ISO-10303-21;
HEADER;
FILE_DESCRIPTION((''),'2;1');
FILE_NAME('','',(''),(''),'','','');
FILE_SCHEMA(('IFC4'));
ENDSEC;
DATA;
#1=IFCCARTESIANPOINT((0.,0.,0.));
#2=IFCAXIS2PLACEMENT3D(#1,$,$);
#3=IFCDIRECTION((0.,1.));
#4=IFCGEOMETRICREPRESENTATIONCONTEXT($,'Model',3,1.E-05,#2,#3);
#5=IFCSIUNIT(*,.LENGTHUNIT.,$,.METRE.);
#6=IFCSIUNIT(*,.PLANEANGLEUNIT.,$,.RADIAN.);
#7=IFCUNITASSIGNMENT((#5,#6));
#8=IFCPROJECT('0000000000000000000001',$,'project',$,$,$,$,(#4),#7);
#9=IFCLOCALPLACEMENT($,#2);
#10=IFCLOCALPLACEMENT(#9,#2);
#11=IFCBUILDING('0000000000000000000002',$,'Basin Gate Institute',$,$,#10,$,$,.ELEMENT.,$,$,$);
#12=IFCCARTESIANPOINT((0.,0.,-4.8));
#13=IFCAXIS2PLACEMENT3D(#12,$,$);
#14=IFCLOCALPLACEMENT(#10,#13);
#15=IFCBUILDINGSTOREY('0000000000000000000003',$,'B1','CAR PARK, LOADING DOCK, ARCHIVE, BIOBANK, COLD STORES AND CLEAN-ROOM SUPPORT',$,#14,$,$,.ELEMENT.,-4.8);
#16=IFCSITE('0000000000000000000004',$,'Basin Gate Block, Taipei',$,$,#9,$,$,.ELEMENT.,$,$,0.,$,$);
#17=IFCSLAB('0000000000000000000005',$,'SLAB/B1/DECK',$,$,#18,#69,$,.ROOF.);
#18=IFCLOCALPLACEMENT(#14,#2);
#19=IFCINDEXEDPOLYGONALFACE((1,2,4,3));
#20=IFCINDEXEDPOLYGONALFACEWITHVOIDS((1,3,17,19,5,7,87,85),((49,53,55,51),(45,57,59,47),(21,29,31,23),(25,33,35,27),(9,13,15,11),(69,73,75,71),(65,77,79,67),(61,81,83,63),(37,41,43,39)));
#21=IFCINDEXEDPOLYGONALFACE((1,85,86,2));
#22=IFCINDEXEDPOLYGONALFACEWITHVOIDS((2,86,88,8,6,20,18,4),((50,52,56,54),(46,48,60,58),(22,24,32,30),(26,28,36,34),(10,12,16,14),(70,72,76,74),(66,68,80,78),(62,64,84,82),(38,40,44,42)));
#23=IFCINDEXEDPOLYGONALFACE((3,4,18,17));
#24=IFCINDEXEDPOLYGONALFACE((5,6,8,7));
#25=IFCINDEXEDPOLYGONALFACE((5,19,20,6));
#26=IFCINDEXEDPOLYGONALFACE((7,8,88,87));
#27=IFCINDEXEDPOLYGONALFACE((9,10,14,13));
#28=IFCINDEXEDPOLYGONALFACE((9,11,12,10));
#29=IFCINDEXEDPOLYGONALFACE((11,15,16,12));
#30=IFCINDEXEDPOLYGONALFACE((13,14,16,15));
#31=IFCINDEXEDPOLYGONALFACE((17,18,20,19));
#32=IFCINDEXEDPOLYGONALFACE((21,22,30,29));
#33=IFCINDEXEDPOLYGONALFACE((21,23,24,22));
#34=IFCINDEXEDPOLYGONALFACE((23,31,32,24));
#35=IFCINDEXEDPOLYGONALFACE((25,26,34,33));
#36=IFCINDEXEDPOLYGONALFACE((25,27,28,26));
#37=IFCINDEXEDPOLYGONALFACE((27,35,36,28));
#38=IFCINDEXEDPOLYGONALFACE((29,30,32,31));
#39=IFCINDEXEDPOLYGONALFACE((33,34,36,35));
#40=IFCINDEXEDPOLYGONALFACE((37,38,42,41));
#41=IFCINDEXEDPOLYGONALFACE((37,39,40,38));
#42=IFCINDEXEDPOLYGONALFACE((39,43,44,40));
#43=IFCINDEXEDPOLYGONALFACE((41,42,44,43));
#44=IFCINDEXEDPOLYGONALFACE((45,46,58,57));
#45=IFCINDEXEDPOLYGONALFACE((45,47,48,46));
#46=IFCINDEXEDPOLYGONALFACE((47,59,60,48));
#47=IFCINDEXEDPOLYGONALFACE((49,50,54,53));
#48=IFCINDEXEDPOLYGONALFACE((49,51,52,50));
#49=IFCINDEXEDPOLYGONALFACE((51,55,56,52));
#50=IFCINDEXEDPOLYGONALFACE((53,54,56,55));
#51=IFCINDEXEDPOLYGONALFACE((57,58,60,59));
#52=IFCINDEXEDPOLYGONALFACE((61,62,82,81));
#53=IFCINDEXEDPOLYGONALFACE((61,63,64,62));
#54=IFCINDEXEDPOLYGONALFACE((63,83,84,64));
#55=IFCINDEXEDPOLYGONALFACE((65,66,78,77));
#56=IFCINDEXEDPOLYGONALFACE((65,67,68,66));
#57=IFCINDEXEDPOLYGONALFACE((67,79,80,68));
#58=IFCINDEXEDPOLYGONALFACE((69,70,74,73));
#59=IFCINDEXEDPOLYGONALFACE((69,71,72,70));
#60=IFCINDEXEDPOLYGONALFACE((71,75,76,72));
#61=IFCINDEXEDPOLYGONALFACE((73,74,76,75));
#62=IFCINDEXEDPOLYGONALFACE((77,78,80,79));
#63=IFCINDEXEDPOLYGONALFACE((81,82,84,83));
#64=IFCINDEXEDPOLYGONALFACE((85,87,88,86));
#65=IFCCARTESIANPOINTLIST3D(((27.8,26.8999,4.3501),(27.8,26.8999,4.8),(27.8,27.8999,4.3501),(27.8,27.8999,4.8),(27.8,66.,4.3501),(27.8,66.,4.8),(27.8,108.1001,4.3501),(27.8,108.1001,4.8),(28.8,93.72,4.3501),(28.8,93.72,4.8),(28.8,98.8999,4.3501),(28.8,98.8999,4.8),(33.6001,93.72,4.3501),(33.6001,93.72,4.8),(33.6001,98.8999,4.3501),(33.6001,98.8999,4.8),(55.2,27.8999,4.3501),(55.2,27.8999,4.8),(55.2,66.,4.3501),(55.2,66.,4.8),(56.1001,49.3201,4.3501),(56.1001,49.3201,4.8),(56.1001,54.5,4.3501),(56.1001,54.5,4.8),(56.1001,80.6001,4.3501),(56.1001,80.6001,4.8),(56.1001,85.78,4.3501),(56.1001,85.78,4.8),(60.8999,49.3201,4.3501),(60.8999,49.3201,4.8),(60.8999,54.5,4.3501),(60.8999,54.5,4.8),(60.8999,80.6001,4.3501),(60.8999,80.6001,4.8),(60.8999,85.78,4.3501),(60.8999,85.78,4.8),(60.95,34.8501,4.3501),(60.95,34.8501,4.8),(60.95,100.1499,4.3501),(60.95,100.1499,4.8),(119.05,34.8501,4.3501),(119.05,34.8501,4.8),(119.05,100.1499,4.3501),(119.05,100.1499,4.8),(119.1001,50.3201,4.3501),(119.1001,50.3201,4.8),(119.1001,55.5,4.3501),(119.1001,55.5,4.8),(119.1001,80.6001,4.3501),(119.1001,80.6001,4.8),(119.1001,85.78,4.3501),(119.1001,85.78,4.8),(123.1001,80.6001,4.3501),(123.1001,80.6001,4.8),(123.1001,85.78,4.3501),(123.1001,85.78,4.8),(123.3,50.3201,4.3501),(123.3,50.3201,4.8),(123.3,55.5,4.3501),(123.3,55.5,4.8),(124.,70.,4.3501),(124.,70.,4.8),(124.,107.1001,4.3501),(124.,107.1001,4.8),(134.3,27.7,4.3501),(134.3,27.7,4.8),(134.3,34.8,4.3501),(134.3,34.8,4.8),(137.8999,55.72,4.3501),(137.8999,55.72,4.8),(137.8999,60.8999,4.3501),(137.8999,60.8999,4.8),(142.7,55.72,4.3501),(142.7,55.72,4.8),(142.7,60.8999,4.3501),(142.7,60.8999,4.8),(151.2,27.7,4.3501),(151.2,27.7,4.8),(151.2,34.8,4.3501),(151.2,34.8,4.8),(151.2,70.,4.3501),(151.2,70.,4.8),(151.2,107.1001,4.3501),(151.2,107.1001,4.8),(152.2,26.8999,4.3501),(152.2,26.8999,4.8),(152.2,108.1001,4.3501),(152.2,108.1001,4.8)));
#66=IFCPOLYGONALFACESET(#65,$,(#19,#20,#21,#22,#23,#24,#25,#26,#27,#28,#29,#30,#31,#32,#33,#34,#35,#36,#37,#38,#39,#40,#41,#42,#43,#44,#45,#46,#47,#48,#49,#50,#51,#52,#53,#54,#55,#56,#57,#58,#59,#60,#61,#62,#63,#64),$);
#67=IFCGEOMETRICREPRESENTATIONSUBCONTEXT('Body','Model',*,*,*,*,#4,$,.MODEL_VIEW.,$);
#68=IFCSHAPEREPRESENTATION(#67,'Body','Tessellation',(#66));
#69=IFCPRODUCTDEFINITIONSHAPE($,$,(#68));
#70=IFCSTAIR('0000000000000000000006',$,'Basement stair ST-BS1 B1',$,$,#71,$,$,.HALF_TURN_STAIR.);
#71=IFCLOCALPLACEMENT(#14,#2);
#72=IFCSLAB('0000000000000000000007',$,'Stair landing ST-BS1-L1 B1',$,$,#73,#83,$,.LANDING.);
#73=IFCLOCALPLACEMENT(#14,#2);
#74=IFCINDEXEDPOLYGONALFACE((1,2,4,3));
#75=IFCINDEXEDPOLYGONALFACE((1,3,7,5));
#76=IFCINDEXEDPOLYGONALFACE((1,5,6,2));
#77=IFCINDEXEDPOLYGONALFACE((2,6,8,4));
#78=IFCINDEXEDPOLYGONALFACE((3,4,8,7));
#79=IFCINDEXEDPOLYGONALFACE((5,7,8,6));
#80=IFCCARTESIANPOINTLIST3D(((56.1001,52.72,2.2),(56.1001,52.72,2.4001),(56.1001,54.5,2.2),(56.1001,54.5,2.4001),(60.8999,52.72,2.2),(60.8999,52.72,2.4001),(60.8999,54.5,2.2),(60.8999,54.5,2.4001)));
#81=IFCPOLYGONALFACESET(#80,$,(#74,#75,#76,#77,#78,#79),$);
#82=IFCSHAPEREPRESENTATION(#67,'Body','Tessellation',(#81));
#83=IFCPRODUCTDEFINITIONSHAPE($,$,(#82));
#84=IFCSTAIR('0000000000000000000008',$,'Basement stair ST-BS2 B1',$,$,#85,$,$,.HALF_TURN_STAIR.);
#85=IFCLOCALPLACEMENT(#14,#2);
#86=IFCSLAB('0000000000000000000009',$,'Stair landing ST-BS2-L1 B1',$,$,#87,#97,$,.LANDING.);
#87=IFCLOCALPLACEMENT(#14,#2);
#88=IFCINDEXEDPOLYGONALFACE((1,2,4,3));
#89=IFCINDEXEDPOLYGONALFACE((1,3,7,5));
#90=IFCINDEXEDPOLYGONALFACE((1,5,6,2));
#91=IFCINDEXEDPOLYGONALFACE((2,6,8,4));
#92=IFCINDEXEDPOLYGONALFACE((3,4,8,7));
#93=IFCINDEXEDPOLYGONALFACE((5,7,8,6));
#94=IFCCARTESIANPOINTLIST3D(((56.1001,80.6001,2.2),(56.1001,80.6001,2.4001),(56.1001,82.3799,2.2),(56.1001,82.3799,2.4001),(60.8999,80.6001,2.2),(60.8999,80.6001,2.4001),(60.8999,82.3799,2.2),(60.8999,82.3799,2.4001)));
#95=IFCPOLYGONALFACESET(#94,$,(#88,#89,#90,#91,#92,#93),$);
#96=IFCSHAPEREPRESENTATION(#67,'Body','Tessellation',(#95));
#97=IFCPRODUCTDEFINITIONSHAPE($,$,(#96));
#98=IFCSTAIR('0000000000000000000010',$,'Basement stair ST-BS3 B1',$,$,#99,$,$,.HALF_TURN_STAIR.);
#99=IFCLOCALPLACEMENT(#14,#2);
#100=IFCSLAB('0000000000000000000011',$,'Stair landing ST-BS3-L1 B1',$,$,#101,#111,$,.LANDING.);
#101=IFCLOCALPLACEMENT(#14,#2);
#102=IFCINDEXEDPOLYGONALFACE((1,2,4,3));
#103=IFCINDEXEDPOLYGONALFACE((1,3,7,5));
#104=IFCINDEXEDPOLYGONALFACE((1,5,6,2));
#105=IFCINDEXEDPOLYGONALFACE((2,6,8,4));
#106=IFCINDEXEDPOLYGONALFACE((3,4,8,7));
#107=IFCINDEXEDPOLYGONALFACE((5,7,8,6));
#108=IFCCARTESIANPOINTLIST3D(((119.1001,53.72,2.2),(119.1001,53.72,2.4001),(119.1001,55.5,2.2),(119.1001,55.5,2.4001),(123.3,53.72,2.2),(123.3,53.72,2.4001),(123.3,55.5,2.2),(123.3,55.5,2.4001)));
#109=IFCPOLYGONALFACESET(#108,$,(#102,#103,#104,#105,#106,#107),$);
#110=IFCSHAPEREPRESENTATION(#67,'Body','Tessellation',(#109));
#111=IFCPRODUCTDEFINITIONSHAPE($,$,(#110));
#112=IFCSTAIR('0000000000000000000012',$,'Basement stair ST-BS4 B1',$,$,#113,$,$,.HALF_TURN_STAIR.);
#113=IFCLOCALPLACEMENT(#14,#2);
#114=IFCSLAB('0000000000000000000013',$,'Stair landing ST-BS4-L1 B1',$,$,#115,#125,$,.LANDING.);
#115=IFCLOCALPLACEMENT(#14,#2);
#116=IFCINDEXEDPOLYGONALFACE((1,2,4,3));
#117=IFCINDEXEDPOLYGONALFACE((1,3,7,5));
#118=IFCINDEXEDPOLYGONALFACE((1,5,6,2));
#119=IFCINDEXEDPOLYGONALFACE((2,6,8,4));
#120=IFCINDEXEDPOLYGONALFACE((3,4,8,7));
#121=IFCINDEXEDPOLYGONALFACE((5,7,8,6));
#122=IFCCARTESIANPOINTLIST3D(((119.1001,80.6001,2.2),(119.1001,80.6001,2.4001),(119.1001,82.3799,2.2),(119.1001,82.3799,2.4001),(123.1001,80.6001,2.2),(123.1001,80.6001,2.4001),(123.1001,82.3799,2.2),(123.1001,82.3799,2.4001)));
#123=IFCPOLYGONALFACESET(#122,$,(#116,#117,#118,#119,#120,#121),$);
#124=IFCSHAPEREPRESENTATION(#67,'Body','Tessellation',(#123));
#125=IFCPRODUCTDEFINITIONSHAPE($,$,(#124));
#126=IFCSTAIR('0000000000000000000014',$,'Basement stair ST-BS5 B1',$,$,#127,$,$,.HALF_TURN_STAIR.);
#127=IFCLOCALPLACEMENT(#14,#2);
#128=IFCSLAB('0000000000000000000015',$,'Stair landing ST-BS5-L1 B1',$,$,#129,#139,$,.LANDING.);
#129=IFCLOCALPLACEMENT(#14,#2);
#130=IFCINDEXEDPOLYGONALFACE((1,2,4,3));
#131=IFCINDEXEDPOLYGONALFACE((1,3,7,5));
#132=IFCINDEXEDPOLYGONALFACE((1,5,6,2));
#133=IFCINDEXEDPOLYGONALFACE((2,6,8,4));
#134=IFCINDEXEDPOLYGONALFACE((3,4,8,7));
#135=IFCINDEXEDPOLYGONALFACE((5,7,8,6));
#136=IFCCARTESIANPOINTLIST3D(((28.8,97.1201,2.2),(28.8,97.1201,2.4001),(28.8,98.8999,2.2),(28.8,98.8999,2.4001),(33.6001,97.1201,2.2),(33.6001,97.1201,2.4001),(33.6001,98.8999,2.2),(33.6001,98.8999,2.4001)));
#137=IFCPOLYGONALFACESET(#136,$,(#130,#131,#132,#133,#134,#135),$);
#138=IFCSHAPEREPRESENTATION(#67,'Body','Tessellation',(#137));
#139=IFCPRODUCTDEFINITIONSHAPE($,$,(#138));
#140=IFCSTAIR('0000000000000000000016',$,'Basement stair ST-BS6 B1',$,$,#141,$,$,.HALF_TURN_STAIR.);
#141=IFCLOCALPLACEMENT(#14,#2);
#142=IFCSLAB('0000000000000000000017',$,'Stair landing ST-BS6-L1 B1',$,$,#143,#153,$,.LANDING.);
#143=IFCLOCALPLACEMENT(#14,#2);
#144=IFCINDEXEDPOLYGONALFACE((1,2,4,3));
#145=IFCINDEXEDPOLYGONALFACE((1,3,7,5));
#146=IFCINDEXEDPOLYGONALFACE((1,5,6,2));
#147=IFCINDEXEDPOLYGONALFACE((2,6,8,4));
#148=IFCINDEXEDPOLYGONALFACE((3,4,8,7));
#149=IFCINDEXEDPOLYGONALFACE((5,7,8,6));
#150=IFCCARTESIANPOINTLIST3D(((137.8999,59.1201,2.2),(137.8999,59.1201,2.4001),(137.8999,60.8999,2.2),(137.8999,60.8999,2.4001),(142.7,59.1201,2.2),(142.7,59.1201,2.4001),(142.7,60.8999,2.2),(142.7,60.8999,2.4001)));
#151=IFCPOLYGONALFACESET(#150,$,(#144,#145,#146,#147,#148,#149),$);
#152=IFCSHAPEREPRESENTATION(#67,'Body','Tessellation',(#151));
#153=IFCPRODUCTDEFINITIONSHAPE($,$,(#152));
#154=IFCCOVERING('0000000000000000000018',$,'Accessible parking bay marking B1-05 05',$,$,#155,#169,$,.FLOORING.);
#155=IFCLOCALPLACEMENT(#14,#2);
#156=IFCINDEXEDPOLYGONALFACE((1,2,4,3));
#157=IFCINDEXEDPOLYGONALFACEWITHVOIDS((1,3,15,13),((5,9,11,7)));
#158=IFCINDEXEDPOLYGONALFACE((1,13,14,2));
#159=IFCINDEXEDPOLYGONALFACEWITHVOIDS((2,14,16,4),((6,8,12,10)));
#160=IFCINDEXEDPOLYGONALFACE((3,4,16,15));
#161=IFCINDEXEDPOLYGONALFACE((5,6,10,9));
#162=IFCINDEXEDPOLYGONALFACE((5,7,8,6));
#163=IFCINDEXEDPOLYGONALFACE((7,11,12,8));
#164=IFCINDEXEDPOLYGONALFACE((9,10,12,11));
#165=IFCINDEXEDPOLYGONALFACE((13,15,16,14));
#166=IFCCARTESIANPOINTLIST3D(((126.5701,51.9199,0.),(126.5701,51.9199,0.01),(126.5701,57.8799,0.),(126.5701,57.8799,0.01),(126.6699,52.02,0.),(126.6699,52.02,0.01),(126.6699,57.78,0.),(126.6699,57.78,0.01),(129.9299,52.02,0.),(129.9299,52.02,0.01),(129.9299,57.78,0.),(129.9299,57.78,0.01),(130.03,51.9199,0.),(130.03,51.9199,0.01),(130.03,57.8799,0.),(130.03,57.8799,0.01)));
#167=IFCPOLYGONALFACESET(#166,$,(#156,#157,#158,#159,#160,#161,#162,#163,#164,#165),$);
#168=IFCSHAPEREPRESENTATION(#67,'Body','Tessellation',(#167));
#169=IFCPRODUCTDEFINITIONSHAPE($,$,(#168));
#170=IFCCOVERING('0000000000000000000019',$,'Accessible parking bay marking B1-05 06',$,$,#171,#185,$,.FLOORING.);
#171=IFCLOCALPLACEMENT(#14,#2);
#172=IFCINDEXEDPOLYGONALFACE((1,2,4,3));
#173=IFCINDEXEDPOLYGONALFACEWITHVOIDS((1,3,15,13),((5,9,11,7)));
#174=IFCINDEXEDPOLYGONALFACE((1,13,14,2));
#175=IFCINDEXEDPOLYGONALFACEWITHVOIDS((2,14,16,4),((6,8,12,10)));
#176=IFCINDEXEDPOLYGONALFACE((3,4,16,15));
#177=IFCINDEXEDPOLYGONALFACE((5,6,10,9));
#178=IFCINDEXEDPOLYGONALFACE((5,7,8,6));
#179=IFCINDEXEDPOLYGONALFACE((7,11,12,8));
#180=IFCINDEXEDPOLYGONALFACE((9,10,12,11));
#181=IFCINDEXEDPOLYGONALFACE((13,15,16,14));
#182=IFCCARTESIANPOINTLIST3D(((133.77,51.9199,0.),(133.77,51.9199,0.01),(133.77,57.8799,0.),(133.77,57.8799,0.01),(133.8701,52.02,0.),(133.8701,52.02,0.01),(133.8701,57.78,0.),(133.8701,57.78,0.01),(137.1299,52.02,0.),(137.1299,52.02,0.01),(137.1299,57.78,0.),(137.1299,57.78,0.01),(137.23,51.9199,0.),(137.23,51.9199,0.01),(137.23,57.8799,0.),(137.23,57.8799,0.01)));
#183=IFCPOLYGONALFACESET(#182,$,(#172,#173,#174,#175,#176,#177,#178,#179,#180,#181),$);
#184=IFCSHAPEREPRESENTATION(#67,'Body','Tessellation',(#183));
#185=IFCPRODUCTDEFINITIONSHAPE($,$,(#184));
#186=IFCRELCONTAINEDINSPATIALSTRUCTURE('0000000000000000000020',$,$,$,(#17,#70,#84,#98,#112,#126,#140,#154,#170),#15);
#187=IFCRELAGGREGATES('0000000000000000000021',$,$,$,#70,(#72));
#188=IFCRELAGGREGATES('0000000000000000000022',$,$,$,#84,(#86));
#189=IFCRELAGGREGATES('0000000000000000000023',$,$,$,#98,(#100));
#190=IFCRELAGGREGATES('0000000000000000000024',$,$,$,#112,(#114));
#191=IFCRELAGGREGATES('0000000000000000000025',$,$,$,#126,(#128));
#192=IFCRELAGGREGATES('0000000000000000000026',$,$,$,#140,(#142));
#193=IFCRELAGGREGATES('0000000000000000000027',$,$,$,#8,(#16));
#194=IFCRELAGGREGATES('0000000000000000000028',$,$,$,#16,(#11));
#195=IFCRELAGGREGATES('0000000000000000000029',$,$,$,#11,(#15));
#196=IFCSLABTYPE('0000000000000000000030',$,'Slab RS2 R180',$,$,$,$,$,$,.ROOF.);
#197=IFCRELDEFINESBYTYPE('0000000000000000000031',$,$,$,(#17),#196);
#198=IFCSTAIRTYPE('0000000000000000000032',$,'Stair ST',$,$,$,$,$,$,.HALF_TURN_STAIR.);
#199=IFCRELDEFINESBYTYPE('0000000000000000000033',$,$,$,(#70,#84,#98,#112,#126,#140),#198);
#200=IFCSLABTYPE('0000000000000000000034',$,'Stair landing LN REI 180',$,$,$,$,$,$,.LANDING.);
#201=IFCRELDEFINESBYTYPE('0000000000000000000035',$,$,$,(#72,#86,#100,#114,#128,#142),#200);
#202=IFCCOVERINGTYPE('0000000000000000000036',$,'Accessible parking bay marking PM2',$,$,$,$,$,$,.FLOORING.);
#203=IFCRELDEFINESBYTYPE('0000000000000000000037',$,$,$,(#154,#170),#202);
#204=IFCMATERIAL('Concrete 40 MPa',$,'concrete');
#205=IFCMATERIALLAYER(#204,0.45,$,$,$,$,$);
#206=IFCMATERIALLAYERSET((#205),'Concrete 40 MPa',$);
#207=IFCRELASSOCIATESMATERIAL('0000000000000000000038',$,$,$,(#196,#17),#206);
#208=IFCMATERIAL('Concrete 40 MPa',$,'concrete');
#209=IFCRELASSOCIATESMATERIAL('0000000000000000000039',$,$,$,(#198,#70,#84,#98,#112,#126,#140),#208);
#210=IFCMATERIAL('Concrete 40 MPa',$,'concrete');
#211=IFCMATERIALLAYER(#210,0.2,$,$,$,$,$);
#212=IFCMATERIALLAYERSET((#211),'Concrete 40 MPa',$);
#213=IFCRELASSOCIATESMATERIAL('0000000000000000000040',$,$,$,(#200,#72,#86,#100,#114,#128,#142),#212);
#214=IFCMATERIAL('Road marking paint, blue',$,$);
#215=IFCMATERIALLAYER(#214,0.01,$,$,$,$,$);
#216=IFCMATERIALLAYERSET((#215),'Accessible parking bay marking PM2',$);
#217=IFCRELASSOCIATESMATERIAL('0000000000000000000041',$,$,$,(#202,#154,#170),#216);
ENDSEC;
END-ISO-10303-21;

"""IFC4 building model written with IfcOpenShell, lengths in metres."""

from ifc_helpers import new_model, si_unit, direction, frame, origin, place, context, subcontext, project, spatial, polyline, outline, extrude, material, layer, layer_set, type_object, element, aggregate, save


model = new_model("IFC4")

# Units and contexts
model_context = context("Model", 3, precision=1e-05, world=origin(), true_north=direction((0.0, 1.0)))
body_context = subcontext(model_context, "Body", "Model", "MODEL_VIEW")
ifc_project = project(units=[si_unit("LENGTHUNIT", "METRE"), si_unit("PLANEANGLEUNIT", "RADIAN")], contexts=[model_context])

# Site, building, storey
site_placement = place(None, origin())
site = spatial("IfcSite", under=ifc_project, at=site_placement, Name="Basin Gate Block, Taipei", CompositionType="ELEMENT", RefElevation=0.0)
building_placement = place(site_placement, origin())
building = spatial("IfcBuilding", under=site, at=building_placement, Name="Basin Gate Institute", CompositionType="ELEMENT")
storey_placement = place(building_placement, frame((0.0, 0.0, -4.8)))
storey = spatial("IfcBuildingStorey", under=building, at=storey_placement, Name="B1", Description="CAR PARK, LOADING DOCK, ARCHIVE, BIOBANK, COLD STORES AND CLEAN-ROOM SUPPORT", CompositionType="ELEMENT", Elevation=-4.8)

# Slab
ifc_material_1 = material(Name="Concrete 40 MPa", Category="concrete")
ifc_layer_1 = layer(ifc_material_1, 0.45)
ifc_layer_set_1 = layer_set([ifc_layer_1], Name="Concrete 40 MPa")
slab_type_1 = type_object("IfcSlabType", Name="Slab RS2 R180", PredefinedType="ROOF", material=ifc_layer_set_1)
slab_1_placement = place(storey_placement, frame((0.0, 0.0, 4.3501)))
element("IfcSlab", 1, at=slab_1_placement, inside=storey, type_object=slab_type_1, material=ifc_layer_set_1, Name="SLAB/B1/DECK", PredefinedType="ROOF", context=body_context, shape_type="SweptSolid", body=[
    extrude(outline(polyline([(27.8, 108.1001), (152.2, 108.1001), (152.2, 26.8999), (27.8, 26.8999), (27.8, 27.8999), (55.2, 27.8999), (55.2, 66.0), (27.8, 66.0), (27.8, 108.1001)]), holes=[polyline([(119.05, 34.8501), (119.05, 100.1499), (60.95, 100.1499), (60.95, 34.8501), (119.05, 34.8501)]), polyline([(56.1001, 49.3201), (60.8999, 49.3201), (60.8999, 54.5), (56.1001, 54.5), (56.1001, 49.3201)]), polyline([(56.1001, 80.6001), (60.8999, 80.6001), (60.8999, 85.78), (56.1001, 85.78), (56.1001, 80.6001)]), polyline([(119.1001, 50.3201), (123.3, 50.3201), (123.3, 55.5), (119.1001, 55.5), (119.1001, 50.3201)]), polyline([(119.1001, 80.6001), (123.1001, 80.6001), (123.1001, 85.78), (119.1001, 85.78), (119.1001, 80.6001)]), polyline([(28.8, 93.72), (33.6001, 93.72), (33.6001, 98.8999), (28.8, 98.8999), (28.8, 93.72)]), polyline([(137.8999, 55.72), (142.7, 55.72), (142.7, 60.8999), (137.8999, 60.8999), (137.8999, 55.72)]), polyline([(134.3, 27.7), (151.2, 27.7), (151.2, 34.8), (134.3, 34.8), (134.3, 27.7)]), polyline([(124.0, 70.0), (151.2, 70.0), (151.2, 107.1001), (124.0, 107.1001), (124.0, 70.0)])]), origin(), (0.0, 0.0, 1.0), 0.45),
])

# Stairs, slabs
ifc_material_2 = material(Name="Concrete 40 MPa", Category="concrete")
stair_type = type_object("IfcStairType", Name="Stair ST", PredefinedType="HALF_TURN_STAIR", material=ifc_material_2)
stair_1_placement = place(storey_placement, origin())
stair_1 = element("IfcStair", 2, at=stair_1_placement, inside=storey, type_object=stair_type, material=ifc_material_2, Name="Basement stair ST-BS1 B1", PredefinedType="HALF_TURN_STAIR")
ifc_material_3 = material(Name="Concrete 40 MPa", Category="concrete")
ifc_layer_2 = layer(ifc_material_3, 0.2)
ifc_layer_set_2 = layer_set([ifc_layer_2], Name="Concrete 40 MPa")
slab_type_2 = type_object("IfcSlabType", Name="Stair landing LN REI 180", PredefinedType="LANDING", material=ifc_layer_set_2)
slab_2_placement = place(storey_placement, frame((0.0, 0.0, 2.2)))
slab_2 = element("IfcSlab", 3, at=slab_2_placement, type_object=slab_type_2, material=ifc_layer_set_2, Name="Stair landing ST-BS1-L1 B1", PredefinedType="LANDING", context=body_context, shape_type="SweptSolid", body=[
    extrude(outline(polyline([(56.1001, 52.72), (60.8999, 52.72), (60.8999, 54.5), (56.1001, 54.5), (56.1001, 52.72)])), origin(), (0.0, 0.0, 1.0), 0.2002),
])
aggregate(stair_1, [slab_2])
stair_2_placement = place(storey_placement, origin())
stair_2 = element("IfcStair", 4, at=stair_2_placement, inside=storey, type_object=stair_type, material=ifc_material_2, Name="Basement stair ST-BS2 B1", PredefinedType="HALF_TURN_STAIR")
slab_3_placement = place(storey_placement, frame((0.0, 0.0, 2.2)))
slab_3 = element("IfcSlab", 5, at=slab_3_placement, type_object=slab_type_2, material=ifc_layer_set_2, Name="Stair landing ST-BS2-L1 B1", PredefinedType="LANDING", context=body_context, shape_type="SweptSolid", body=[
    extrude(outline(polyline([(56.1001, 80.6001), (60.8999, 80.6001), (60.8999, 82.3799), (56.1001, 82.3799), (56.1001, 80.6001)])), origin(), (0.0, 0.0, 1.0), 0.2002),
])
aggregate(stair_2, [slab_3])
stair_3_placement = place(storey_placement, origin())
stair_3 = element("IfcStair", 6, at=stair_3_placement, inside=storey, type_object=stair_type, material=ifc_material_2, Name="Basement stair ST-BS3 B1", PredefinedType="HALF_TURN_STAIR")
slab_4_placement = place(storey_placement, frame((0.0, 0.0, 2.2)))
slab_4 = element("IfcSlab", 7, at=slab_4_placement, type_object=slab_type_2, material=ifc_layer_set_2, Name="Stair landing ST-BS3-L1 B1", PredefinedType="LANDING", context=body_context, shape_type="SweptSolid", body=[
    extrude(outline(polyline([(119.1001, 53.72), (123.3, 53.72), (123.3, 55.5), (119.1001, 55.5), (119.1001, 53.72)])), origin(), (0.0, 0.0, 1.0), 0.2002),
])
aggregate(stair_3, [slab_4])
stair_4_placement = place(storey_placement, origin())
stair_4 = element("IfcStair", 8, at=stair_4_placement, inside=storey, type_object=stair_type, material=ifc_material_2, Name="Basement stair ST-BS4 B1", PredefinedType="HALF_TURN_STAIR")
slab_5_placement = place(storey_placement, frame((0.0, 0.0, 2.2)))
slab_5 = element("IfcSlab", 9, at=slab_5_placement, type_object=slab_type_2, material=ifc_layer_set_2, Name="Stair landing ST-BS4-L1 B1", PredefinedType="LANDING", context=body_context, shape_type="SweptSolid", body=[
    extrude(outline(polyline([(119.1001, 80.6001), (123.1001, 80.6001), (123.1001, 82.3799), (119.1001, 82.3799), (119.1001, 80.6001)])), origin(), (0.0, 0.0, 1.0), 0.2002),
])
aggregate(stair_4, [slab_5])
stair_5_placement = place(storey_placement, origin())
stair_5 = element("IfcStair", 10, at=stair_5_placement, inside=storey, type_object=stair_type, material=ifc_material_2, Name="Basement stair ST-BS5 B1", PredefinedType="HALF_TURN_STAIR")
slab_6_placement = place(storey_placement, frame((0.0, 0.0, 2.2)))
slab_6 = element("IfcSlab", 11, at=slab_6_placement, type_object=slab_type_2, material=ifc_layer_set_2, Name="Stair landing ST-BS5-L1 B1", PredefinedType="LANDING", context=body_context, shape_type="SweptSolid", body=[
    extrude(outline(polyline([(28.8, 97.1201), (33.6001, 97.1201), (33.6001, 98.8999), (28.8, 98.8999), (28.8, 97.1201)])), origin(), (0.0, 0.0, 1.0), 0.2002),
])
aggregate(stair_5, [slab_6])
stair_6_placement = place(storey_placement, origin())
stair_6 = element("IfcStair", 12, at=stair_6_placement, inside=storey, type_object=stair_type, material=ifc_material_2, Name="Basement stair ST-BS6 B1", PredefinedType="HALF_TURN_STAIR")
slab_7_placement = place(storey_placement, frame((0.0, 0.0, 2.2)))
slab_7 = element("IfcSlab", 13, at=slab_7_placement, type_object=slab_type_2, material=ifc_layer_set_2, Name="Stair landing ST-BS6-L1 B1", PredefinedType="LANDING", context=body_context, shape_type="SweptSolid", body=[
    extrude(outline(polyline([(137.8999, 59.1201), (142.7, 59.1201), (142.7, 60.8999), (137.8999, 60.8999), (137.8999, 59.1201)])), origin(), (0.0, 0.0, 1.0), 0.2002),
])
aggregate(stair_6, [slab_7])

# Coverings
ifc_material_4 = material(Name="Road marking paint, blue")
ifc_layer_3 = layer(ifc_material_4, 0.01)
ifc_layer_set_3 = layer_set([ifc_layer_3], Name="Accessible parking bay marking PM2")
covering_type_1 = type_object("IfcCoveringType", Name="Accessible parking bay marking PM2", PredefinedType="FLOORING", material=ifc_layer_set_3)
covering_1_placement = place(storey_placement, origin())
element("IfcCovering", 14, at=covering_1_placement, inside=storey, type_object=covering_type_1, material=ifc_layer_set_3, Name="Accessible parking bay marking B1-05 05", PredefinedType="FLOORING", context=body_context, shape_type="SweptSolid", body=[
    extrude(outline(polyline([(126.5701, 51.9199), (130.03, 51.9199), (130.03, 57.8799), (126.5701, 57.8799), (126.5701, 51.9199)]), holes=[polyline([(126.6699, 52.02), (129.9299, 52.02), (129.9299, 57.78), (126.6699, 57.78), (126.6699, 52.02)])]), origin(), (0.0, 0.0, 1.0), 0.01),
])
covering_2_placement = place(storey_placement, origin())
element("IfcCovering", 15, at=covering_2_placement, inside=storey, type_object=covering_type_1, material=ifc_layer_set_3, Name="Accessible parking bay marking B1-05 06", PredefinedType="FLOORING", context=body_context, shape_type="SweptSolid", body=[
    extrude(outline(polyline([(133.77, 51.9199), (137.23, 51.9199), (137.23, 57.8799), (133.77, 57.8799), (133.77, 51.9199)]), holes=[polyline([(133.8701, 52.02), (137.1299, 52.02), (137.1299, 57.78), (133.8701, 57.78), (133.8701, 52.02)])]), origin(), (0.0, 0.0, 1.0), 0.01),
])

save(model, "model.ifc")
